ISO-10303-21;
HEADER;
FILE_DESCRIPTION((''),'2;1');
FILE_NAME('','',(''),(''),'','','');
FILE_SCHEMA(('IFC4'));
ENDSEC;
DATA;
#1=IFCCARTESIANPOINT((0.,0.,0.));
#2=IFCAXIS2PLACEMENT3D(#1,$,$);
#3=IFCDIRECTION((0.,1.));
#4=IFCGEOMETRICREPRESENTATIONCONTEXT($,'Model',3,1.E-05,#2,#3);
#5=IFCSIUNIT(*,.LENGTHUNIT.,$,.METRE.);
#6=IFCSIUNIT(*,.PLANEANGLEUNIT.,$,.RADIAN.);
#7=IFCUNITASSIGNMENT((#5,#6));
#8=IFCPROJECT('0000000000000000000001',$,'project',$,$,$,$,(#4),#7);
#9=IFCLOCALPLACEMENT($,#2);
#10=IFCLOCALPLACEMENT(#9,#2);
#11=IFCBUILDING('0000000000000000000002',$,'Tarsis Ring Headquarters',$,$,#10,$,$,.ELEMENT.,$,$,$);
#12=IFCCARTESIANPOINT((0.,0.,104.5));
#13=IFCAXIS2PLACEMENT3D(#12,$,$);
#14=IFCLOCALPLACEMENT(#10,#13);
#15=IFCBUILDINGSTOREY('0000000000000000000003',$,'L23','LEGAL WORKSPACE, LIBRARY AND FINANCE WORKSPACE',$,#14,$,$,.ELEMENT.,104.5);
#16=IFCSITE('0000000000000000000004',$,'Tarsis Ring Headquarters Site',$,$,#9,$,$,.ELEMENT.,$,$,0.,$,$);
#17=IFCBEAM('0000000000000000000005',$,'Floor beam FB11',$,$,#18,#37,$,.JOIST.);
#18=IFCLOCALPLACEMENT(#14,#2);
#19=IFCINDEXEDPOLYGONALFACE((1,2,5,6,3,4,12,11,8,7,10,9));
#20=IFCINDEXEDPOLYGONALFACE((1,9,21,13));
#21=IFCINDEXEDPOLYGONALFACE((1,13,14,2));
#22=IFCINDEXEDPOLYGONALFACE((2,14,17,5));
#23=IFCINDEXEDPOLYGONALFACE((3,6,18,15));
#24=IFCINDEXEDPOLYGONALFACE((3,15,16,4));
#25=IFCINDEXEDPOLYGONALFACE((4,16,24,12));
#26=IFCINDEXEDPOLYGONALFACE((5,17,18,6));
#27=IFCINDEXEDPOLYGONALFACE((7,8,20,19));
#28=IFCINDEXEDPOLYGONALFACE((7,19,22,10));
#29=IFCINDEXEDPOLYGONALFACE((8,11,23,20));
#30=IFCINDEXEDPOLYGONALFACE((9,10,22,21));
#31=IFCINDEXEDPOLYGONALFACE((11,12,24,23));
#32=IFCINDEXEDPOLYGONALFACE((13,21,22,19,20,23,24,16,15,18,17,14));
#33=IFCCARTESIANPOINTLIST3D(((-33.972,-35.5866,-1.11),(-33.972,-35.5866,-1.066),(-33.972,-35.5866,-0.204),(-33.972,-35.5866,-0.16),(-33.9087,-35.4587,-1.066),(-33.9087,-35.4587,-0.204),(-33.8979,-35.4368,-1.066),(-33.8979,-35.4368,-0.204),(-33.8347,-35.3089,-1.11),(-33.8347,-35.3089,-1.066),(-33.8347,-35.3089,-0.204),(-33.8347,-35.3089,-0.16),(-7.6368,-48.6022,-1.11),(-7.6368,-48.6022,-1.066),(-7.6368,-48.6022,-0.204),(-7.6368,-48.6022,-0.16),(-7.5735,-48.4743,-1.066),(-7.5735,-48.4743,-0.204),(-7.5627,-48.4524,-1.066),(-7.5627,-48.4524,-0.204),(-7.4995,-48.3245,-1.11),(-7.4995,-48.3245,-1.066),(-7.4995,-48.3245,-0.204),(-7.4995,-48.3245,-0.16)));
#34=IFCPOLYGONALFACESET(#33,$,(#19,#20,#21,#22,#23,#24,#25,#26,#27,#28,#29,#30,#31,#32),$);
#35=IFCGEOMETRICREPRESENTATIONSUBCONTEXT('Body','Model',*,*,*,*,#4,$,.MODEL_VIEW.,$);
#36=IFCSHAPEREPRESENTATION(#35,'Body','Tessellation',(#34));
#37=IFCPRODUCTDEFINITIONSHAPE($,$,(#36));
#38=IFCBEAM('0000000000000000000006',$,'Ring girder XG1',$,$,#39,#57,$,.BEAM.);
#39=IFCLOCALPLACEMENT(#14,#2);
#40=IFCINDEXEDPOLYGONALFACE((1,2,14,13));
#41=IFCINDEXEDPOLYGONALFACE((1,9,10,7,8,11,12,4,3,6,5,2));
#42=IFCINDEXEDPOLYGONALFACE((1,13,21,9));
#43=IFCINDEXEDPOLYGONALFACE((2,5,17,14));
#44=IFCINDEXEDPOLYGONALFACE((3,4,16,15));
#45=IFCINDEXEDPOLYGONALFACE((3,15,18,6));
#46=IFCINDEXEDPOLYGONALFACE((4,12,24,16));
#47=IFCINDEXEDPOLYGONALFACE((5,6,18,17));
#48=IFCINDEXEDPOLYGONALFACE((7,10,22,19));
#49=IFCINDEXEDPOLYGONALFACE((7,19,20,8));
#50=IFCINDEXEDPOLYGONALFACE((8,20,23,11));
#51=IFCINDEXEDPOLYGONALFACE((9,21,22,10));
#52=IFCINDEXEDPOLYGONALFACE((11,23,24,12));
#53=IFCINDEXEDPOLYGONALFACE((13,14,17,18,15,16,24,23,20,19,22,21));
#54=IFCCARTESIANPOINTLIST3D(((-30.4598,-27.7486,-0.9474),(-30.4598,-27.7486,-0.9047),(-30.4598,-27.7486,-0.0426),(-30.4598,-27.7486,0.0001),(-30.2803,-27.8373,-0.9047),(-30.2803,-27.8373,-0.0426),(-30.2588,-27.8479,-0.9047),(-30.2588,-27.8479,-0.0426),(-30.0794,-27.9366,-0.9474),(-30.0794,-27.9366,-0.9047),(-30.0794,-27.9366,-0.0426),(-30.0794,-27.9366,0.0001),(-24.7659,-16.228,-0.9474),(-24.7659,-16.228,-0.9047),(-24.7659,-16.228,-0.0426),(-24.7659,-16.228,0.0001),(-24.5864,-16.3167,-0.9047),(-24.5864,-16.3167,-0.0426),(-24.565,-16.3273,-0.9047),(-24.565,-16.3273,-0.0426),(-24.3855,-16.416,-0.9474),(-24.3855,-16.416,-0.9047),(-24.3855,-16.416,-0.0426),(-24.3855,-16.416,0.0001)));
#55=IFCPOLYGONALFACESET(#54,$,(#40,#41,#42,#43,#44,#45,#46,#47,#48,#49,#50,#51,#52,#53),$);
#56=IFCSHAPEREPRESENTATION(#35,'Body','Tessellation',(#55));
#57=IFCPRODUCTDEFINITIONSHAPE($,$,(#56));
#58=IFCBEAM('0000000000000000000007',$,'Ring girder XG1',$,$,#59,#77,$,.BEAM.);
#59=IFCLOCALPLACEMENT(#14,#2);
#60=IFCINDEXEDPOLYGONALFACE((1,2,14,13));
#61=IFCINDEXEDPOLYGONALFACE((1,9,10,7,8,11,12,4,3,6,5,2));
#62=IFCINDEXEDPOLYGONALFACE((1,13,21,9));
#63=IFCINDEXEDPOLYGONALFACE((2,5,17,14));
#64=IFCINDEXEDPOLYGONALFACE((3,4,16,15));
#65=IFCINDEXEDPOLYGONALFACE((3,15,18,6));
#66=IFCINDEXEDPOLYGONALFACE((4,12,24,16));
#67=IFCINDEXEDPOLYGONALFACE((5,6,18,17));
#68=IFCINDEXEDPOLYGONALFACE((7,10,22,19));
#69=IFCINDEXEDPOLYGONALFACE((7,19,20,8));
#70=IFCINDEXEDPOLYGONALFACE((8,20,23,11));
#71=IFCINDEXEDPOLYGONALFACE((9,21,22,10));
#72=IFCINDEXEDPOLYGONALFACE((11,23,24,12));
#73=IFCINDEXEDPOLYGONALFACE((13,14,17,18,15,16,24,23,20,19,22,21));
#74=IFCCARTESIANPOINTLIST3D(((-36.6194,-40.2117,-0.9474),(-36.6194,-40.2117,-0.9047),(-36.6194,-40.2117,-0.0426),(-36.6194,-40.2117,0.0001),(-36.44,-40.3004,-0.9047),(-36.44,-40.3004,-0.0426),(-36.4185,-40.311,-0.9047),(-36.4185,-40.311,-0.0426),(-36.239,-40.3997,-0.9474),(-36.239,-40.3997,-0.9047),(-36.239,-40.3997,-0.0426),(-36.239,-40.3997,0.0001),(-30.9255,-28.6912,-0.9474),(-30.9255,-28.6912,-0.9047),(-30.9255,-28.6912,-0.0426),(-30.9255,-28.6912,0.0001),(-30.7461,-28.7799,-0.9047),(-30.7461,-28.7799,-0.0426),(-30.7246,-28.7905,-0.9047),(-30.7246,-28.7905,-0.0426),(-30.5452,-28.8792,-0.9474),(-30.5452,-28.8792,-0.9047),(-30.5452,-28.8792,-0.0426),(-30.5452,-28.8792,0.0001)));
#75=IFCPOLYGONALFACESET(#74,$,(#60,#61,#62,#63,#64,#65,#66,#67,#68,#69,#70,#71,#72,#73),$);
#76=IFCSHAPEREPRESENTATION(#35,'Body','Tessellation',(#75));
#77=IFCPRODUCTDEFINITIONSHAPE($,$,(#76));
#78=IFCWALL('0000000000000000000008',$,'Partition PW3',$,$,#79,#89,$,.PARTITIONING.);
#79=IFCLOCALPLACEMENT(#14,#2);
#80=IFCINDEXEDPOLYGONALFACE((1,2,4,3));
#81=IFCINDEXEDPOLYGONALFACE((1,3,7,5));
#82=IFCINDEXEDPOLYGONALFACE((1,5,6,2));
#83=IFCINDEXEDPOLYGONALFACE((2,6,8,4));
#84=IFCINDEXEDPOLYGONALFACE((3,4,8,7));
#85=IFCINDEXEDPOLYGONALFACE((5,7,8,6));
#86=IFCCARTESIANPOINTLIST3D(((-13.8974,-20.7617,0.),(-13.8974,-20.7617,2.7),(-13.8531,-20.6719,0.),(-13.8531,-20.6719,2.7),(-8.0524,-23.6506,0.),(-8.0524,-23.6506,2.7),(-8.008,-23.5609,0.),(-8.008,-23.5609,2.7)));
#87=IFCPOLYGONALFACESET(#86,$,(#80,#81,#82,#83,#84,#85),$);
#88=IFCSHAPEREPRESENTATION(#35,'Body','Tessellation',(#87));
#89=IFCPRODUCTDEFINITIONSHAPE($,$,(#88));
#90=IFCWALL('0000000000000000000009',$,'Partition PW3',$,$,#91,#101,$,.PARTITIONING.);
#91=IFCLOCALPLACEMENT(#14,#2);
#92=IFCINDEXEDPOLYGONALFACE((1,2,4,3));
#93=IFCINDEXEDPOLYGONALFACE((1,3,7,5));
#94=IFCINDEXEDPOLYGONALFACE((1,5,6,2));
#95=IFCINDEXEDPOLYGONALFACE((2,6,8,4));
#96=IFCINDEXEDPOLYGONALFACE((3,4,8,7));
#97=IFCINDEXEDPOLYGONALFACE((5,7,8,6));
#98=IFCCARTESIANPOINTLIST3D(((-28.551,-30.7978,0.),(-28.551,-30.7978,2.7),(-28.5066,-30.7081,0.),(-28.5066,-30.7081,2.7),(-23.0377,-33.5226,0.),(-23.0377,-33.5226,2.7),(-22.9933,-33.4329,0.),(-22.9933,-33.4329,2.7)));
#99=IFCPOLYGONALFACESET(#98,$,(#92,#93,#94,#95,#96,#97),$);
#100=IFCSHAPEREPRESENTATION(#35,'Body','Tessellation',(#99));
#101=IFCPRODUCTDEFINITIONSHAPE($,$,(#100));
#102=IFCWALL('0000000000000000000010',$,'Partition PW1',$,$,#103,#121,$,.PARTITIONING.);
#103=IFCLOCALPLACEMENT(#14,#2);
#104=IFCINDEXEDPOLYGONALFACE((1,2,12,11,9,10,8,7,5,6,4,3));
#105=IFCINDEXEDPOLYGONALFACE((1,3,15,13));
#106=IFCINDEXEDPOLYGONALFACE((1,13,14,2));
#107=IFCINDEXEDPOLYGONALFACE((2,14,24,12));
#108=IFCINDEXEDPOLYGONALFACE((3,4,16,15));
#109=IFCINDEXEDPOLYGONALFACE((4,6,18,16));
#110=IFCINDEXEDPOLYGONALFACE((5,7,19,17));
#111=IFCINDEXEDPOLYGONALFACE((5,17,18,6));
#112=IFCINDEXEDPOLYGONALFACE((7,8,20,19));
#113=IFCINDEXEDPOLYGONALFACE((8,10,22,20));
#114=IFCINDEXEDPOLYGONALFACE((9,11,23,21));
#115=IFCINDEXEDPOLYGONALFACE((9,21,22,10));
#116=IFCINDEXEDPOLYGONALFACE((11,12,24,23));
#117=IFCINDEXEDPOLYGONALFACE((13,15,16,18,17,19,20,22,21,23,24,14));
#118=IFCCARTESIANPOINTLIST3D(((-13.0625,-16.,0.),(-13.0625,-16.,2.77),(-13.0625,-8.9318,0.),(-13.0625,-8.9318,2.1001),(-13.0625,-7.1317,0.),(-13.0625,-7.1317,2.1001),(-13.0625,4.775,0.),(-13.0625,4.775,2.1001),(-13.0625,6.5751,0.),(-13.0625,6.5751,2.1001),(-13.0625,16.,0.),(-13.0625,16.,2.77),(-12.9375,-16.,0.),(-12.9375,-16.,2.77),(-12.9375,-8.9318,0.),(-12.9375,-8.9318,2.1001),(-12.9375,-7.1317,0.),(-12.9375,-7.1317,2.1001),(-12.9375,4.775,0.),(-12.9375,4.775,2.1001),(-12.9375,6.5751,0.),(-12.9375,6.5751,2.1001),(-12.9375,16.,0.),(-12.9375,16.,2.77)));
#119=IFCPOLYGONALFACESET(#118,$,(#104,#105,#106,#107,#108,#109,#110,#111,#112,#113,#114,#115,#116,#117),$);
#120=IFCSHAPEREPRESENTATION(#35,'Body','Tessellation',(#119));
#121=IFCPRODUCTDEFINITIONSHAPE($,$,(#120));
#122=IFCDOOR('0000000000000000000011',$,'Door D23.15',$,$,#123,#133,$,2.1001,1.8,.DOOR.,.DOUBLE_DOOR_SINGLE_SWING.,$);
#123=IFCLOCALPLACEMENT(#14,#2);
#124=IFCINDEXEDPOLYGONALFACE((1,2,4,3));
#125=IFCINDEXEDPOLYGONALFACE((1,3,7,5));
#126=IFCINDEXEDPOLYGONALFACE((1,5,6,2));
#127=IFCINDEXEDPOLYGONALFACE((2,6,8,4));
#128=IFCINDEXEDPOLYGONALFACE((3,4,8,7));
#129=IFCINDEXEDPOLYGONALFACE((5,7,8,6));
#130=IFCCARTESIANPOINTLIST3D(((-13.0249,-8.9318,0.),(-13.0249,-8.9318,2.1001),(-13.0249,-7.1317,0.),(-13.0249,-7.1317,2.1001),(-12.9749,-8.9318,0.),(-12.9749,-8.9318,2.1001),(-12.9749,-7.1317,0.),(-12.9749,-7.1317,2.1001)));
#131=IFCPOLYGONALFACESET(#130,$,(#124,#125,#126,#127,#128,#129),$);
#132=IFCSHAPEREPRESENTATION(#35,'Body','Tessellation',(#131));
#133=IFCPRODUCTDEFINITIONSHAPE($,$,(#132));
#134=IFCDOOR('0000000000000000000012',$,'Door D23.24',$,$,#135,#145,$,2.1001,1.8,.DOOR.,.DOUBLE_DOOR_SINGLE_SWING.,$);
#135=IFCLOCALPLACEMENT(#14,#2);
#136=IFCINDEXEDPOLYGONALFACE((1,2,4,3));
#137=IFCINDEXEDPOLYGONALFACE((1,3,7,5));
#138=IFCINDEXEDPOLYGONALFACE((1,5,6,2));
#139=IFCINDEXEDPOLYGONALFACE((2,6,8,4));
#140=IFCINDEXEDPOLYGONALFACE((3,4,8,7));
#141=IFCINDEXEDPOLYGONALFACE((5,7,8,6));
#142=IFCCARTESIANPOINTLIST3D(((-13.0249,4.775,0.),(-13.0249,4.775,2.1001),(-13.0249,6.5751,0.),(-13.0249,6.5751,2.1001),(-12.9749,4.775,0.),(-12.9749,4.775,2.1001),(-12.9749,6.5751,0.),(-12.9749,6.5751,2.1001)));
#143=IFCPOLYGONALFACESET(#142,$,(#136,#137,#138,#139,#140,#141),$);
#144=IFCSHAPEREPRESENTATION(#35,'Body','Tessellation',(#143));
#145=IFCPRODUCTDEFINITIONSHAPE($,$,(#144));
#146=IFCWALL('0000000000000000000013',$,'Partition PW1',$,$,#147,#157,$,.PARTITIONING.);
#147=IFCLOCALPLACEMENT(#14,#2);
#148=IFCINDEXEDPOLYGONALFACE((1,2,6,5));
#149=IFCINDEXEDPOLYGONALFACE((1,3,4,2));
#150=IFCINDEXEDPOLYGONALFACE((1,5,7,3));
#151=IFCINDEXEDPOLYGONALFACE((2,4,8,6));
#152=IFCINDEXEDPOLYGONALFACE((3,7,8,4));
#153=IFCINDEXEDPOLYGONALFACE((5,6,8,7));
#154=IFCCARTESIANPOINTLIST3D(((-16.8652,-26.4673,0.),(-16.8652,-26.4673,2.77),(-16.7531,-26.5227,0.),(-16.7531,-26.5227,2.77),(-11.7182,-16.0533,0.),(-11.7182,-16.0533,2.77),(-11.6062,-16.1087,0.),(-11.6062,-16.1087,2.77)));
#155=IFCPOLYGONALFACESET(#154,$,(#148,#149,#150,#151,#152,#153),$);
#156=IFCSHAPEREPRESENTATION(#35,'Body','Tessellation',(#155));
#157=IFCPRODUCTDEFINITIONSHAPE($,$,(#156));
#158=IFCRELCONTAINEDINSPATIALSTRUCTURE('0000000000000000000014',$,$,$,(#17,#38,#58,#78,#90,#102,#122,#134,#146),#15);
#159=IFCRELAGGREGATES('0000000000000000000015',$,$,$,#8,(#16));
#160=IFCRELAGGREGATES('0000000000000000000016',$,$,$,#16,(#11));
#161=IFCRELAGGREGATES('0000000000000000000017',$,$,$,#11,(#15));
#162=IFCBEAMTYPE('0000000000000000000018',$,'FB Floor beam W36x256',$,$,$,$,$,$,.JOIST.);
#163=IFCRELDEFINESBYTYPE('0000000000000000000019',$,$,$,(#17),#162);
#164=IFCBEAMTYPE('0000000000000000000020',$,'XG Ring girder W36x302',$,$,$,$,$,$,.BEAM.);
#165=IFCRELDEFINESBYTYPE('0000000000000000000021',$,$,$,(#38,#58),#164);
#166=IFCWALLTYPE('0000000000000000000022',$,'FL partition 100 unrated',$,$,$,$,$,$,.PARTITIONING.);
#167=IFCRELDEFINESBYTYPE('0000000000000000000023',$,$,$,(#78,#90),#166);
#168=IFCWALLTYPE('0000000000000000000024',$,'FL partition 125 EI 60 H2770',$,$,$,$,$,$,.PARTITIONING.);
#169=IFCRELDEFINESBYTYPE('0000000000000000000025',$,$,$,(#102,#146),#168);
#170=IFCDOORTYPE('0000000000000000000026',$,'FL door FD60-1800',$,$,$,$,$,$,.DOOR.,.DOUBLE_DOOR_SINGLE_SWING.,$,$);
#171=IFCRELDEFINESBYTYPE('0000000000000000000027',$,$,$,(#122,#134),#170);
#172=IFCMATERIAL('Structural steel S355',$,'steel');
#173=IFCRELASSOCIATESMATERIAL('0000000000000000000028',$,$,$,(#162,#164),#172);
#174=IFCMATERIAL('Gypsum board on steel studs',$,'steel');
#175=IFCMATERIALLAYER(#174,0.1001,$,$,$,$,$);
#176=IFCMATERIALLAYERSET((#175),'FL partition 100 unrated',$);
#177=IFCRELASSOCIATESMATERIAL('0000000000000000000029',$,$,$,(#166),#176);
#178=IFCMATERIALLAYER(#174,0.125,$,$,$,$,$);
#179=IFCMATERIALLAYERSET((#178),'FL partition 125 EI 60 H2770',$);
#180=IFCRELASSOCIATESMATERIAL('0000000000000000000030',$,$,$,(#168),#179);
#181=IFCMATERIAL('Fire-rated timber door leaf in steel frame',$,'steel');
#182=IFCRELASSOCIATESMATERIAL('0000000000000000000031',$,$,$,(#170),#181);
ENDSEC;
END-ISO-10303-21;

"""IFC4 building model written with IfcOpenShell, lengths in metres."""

from ifc_helpers import new_model, si_unit, direction, frame, frame_2d, origin, origin_2d, place, context, subcontext, project, spatial, rectangle, i_section, extrude, material, layer, layer_set, material_profile, profile_set, type_object, element, fill, save


model = new_model("IFC4")

# Units and contexts
model_context = context("Model", 3, precision=1e-05, world=origin(), true_north=direction((0.0, 1.0)))
body_context = subcontext(model_context, "Body", "Model", "MODEL_VIEW")
ifc_project = project(units=[si_unit("LENGTHUNIT", "METRE"), si_unit("PLANEANGLEUNIT", "RADIAN")], contexts=[model_context])

# Site, building, storey
site_placement = place(None, origin())
site = spatial("IfcSite", under=ifc_project, at=site_placement, Name="Tarsis Ring Headquarters Site", CompositionType="ELEMENT", RefElevation=0.0)
building_placement = place(site_placement, origin())
building = spatial("IfcBuilding", under=site, at=building_placement, Name="Tarsis Ring Headquarters", CompositionType="ELEMENT")
storey_placement = place(building_placement, frame((0.0, 0.0, 104.5)))
storey = spatial("IfcBuildingStorey", under=building, at=storey_placement, Name="L23", Description="LEGAL WORKSPACE, LIBRARY AND FINANCE WORKSPACE", CompositionType="ELEMENT", Elevation=104.5)

# Shared definitions
ifc_material_1 = material(Name="Structural steel S355", Category="steel")

# Beams
ifc_material_profile_1 = material_profile(ifc_material_1, i_section(OverallWidth=0.3098, OverallDepth=0.95, WebThickness=0.0244, FlangeThickness=0.0439, at=origin_2d()), Name="W36x256")
ifc_profile_set_1 = profile_set([ifc_material_profile_1], Name="Structural steel S355")
beam_type_1 = type_object("IfcBeamType", Name="FB Floor beam W36x256", PredefinedType="JOIST", material=ifc_profile_set_1)
beam_1_placement = place(storey_placement, frame((-33.9033, -35.4478, -0.635), z_axis=(0.896487, -0.44307, 0.0), x_axis=(0.44307, 0.896487, 0.0)))
element("IfcBeam", 1, at=beam_1_placement, inside=storey, type_object=beam_type_1, Name="Floor beam FB11", PredefinedType="JOIST", context=body_context, shape_type="SweptSolid", body=[
    extrude(i_section(OverallWidth=0.3098, OverallDepth=0.95, WebThickness=0.0244, FlangeThickness=0.0439, at=origin_2d()), origin(), (0.0, 0.0, 1.0), 29.376),
])
ifc_material_profile_2 = material_profile(ifc_material_1, i_section(OverallWidth=0.4243, OverallDepth=0.9475, WebThickness=0.0239, FlangeThickness=0.0427, at=origin_2d()), Name="W36x302")
ifc_profile_set_2 = profile_set([ifc_material_profile_2], Name="Structural steel S355")
beam_type_2 = type_object("IfcBeamType", Name="XG Ring girder W36x302", PredefinedType="BEAM", material=ifc_profile_set_2)
for number, where, z_axis, x_axis, name in (
    (2, (-24.5757, -16.322, -0.4736), (-0.443075, -0.896485, 0.0), (0.896485, -0.443075, 0.0), "Ring girder XG1"),
    (3, (-30.7354, -28.7852, -0.4736), (-0.443075, -0.896485, 0.0), (0.896485, -0.443075, 0.0), "Ring girder XG1"),
):
    element("IfcBeam", number, at=place(storey_placement, frame(where, z_axis=z_axis, x_axis=x_axis)), inside=storey, type_object=beam_type_2, Name=name, PredefinedType="BEAM", context=body_context, shape_type="SweptSolid", body=[
        extrude(i_section(OverallWidth=0.4243, OverallDepth=0.9475, WebThickness=0.0239, FlangeThickness=0.0427, at=origin_2d()), origin(), (0.0, 0.0, 1.0), 12.8508),
    ])

# Walls
ifc_material_2 = material(Name="Gypsum board on steel studs", Category="steel")
ifc_layer_1 = layer(ifc_material_2, 0.1001)
ifc_layer_set_1 = layer_set([ifc_layer_1], Name="FL partition 100 unrated")
wall_type_1 = type_object("IfcWallType", Name="FL partition 100 unrated", PredefinedType="PARTITIONING", material=ifc_layer_set_1)
wall_1_placement = place(storey_placement, frame((-13.8752, -20.7168, 0.0), z_axis=(0.0, 0.0, 1.0), x_axis=(0.896477, -0.44309, 0.0)))
element("IfcWall", 4, at=wall_1_placement, inside=storey, type_object=wall_type_1, Name="Partition PW3", PredefinedType="PARTITIONING", context=body_context, shape_type="SweptSolid", body=[
    extrude(rectangle(XDim=6.52, YDim=0.1001, at=frame_2d((3.26, 0.0))), origin(), (0.0, 0.0, 1.0), 2.7),
])
wall_2_placement = place(storey_placement, frame((-28.5288, -30.7529, 0.0), z_axis=(0.0, 0.0, 1.0), x_axis=(0.89649, -0.443064, 0.0)))
element("IfcWall", 5, at=wall_2_placement, inside=storey, type_object=wall_type_1, Name="Partition PW3", PredefinedType="PARTITIONING", context=body_context, shape_type="SweptSolid", body=[
    extrude(rectangle(XDim=6.1499, YDim=0.1001, at=frame_2d((3.075, 0.0))), origin(), (0.0, 0.0, 1.0), 2.7),
])

# Wall, openings, doors
ifc_layer_2 = layer(ifc_material_2, 0.125)
ifc_layer_set_2 = layer_set([ifc_layer_2], Name="FL partition 125 EI 60 H2770")
wall_type_2 = type_object("IfcWallType", Name="FL partition 125 EI 60 H2770", PredefinedType="PARTITIONING", material=ifc_layer_set_2)
wall_3_placement = place(storey_placement, frame((-13.0, -16.0, 0.0), z_axis=(0.0, 0.0, 1.0), x_axis=(0.0, 1.0, 0.0)))
wall_3 = element("IfcWall", 6, at=wall_3_placement, inside=storey, type_object=wall_type_2, Name="Partition PW1", PredefinedType="PARTITIONING", context=body_context, shape_type="SweptSolid", body=[
    extrude(rectangle(XDim=32.0, YDim=0.125, at=frame_2d((16.0, 0.0))), origin(), (0.0, 0.0, 1.0), 2.77),
])
opening_1_placement = place(wall_3_placement, frame((7.0684, 0.0, 0.0)))
opening_1 = element("IfcOpeningElement", 7, at=opening_1_placement, cuts=wall_3, PredefinedType="OPENING", context=body_context, shape_type="SweptSolid", body=[
    extrude(rectangle(XDim=1.8, YDim=2.1001, at=frame_2d((0.8999, 1.05))), frame((0.0, 0.0725, 0.0), z_axis=(0.0, -1.0, 0.0), x_axis=(1.0, 0.0, 0.0)), (0.0, 0.0, 1.0), 0.145),
])
opening_2_placement = place(wall_3_placement, frame((20.7751, 0.0, 0.0)))
opening_2 = element("IfcOpeningElement", 8, at=opening_2_placement, cuts=wall_3, PredefinedType="OPENING", context=body_context, shape_type="SweptSolid", body=[
    extrude(rectangle(XDim=1.8, YDim=2.1001, at=frame_2d((0.8999, 1.05))), frame((0.0, 0.0725, 0.0), z_axis=(0.0, -1.0, 0.0), x_axis=(1.0, 0.0, 0.0)), (0.0, 0.0, 1.0), 0.145),
])
ifc_material_3 = material(Name="Fire-rated timber door leaf in steel frame", Category="steel")
door_type_1 = type_object("IfcDoorType", Name="FL door FD60-1800", OperationType="DOUBLE_DOOR_SINGLE_SWING", PredefinedType="DOOR", material=ifc_material_3)
door_1_placement = place(opening_1_placement, origin())
door_1 = element("IfcDoor", 9, at=door_1_placement, inside=storey, type_object=door_type_1, Name="Door D23.15", OperationType="DOUBLE_DOOR_SINGLE_SWING", OverallHeight=2.1001, OverallWidth=1.8, PredefinedType="DOOR", context=body_context, shape_type="SweptSolid", body=[
    extrude(rectangle(XDim=1.8, YDim=2.1001, at=frame_2d((0.8999, 1.05))), frame((0.0, 0.0249, 0.0), z_axis=(0.0, -1.0, 0.0), x_axis=(1.0, 0.0, 0.0)), (0.0, 0.0, 1.0), 0.05),
])
fill(opening_1, door_1)
door_2_placement = place(opening_2_placement, origin())
door_2 = element("IfcDoor", 10, at=door_2_placement, inside=storey, type_object=door_type_1, Name="Door D23.24", OperationType="DOUBLE_DOOR_SINGLE_SWING", OverallHeight=2.1001, OverallWidth=1.8, PredefinedType="DOOR", context=body_context, shape_type="SweptSolid", body=[
    extrude(rectangle(XDim=1.8, YDim=2.1001, at=frame_2d((0.8999, 1.05))), frame((0.0, 0.0249, 0.0), z_axis=(0.0, -1.0, 0.0), x_axis=(1.0, 0.0, 0.0)), (0.0, 0.0, 1.0), 0.05),
])
fill(opening_2, door_2)

# Wall
wall_4_placement = place(storey_placement, frame((-16.8091, -26.4949, 0.0), z_axis=(0.0, 0.0, 1.0), x_axis=(0.443073, 0.896486, 0.0)))
element("IfcWall", 11, at=wall_4_placement, inside=storey, type_object=wall_type_2, Name="Partition PW1", PredefinedType="PARTITIONING", context=body_context, shape_type="SweptSolid", body=[
    extrude(rectangle(XDim=11.6165, YDim=0.125, at=frame_2d((5.8081, 0.0))), origin(), (0.0, 0.0, 1.0), 2.77),
])

save(model, "model.ifc")
